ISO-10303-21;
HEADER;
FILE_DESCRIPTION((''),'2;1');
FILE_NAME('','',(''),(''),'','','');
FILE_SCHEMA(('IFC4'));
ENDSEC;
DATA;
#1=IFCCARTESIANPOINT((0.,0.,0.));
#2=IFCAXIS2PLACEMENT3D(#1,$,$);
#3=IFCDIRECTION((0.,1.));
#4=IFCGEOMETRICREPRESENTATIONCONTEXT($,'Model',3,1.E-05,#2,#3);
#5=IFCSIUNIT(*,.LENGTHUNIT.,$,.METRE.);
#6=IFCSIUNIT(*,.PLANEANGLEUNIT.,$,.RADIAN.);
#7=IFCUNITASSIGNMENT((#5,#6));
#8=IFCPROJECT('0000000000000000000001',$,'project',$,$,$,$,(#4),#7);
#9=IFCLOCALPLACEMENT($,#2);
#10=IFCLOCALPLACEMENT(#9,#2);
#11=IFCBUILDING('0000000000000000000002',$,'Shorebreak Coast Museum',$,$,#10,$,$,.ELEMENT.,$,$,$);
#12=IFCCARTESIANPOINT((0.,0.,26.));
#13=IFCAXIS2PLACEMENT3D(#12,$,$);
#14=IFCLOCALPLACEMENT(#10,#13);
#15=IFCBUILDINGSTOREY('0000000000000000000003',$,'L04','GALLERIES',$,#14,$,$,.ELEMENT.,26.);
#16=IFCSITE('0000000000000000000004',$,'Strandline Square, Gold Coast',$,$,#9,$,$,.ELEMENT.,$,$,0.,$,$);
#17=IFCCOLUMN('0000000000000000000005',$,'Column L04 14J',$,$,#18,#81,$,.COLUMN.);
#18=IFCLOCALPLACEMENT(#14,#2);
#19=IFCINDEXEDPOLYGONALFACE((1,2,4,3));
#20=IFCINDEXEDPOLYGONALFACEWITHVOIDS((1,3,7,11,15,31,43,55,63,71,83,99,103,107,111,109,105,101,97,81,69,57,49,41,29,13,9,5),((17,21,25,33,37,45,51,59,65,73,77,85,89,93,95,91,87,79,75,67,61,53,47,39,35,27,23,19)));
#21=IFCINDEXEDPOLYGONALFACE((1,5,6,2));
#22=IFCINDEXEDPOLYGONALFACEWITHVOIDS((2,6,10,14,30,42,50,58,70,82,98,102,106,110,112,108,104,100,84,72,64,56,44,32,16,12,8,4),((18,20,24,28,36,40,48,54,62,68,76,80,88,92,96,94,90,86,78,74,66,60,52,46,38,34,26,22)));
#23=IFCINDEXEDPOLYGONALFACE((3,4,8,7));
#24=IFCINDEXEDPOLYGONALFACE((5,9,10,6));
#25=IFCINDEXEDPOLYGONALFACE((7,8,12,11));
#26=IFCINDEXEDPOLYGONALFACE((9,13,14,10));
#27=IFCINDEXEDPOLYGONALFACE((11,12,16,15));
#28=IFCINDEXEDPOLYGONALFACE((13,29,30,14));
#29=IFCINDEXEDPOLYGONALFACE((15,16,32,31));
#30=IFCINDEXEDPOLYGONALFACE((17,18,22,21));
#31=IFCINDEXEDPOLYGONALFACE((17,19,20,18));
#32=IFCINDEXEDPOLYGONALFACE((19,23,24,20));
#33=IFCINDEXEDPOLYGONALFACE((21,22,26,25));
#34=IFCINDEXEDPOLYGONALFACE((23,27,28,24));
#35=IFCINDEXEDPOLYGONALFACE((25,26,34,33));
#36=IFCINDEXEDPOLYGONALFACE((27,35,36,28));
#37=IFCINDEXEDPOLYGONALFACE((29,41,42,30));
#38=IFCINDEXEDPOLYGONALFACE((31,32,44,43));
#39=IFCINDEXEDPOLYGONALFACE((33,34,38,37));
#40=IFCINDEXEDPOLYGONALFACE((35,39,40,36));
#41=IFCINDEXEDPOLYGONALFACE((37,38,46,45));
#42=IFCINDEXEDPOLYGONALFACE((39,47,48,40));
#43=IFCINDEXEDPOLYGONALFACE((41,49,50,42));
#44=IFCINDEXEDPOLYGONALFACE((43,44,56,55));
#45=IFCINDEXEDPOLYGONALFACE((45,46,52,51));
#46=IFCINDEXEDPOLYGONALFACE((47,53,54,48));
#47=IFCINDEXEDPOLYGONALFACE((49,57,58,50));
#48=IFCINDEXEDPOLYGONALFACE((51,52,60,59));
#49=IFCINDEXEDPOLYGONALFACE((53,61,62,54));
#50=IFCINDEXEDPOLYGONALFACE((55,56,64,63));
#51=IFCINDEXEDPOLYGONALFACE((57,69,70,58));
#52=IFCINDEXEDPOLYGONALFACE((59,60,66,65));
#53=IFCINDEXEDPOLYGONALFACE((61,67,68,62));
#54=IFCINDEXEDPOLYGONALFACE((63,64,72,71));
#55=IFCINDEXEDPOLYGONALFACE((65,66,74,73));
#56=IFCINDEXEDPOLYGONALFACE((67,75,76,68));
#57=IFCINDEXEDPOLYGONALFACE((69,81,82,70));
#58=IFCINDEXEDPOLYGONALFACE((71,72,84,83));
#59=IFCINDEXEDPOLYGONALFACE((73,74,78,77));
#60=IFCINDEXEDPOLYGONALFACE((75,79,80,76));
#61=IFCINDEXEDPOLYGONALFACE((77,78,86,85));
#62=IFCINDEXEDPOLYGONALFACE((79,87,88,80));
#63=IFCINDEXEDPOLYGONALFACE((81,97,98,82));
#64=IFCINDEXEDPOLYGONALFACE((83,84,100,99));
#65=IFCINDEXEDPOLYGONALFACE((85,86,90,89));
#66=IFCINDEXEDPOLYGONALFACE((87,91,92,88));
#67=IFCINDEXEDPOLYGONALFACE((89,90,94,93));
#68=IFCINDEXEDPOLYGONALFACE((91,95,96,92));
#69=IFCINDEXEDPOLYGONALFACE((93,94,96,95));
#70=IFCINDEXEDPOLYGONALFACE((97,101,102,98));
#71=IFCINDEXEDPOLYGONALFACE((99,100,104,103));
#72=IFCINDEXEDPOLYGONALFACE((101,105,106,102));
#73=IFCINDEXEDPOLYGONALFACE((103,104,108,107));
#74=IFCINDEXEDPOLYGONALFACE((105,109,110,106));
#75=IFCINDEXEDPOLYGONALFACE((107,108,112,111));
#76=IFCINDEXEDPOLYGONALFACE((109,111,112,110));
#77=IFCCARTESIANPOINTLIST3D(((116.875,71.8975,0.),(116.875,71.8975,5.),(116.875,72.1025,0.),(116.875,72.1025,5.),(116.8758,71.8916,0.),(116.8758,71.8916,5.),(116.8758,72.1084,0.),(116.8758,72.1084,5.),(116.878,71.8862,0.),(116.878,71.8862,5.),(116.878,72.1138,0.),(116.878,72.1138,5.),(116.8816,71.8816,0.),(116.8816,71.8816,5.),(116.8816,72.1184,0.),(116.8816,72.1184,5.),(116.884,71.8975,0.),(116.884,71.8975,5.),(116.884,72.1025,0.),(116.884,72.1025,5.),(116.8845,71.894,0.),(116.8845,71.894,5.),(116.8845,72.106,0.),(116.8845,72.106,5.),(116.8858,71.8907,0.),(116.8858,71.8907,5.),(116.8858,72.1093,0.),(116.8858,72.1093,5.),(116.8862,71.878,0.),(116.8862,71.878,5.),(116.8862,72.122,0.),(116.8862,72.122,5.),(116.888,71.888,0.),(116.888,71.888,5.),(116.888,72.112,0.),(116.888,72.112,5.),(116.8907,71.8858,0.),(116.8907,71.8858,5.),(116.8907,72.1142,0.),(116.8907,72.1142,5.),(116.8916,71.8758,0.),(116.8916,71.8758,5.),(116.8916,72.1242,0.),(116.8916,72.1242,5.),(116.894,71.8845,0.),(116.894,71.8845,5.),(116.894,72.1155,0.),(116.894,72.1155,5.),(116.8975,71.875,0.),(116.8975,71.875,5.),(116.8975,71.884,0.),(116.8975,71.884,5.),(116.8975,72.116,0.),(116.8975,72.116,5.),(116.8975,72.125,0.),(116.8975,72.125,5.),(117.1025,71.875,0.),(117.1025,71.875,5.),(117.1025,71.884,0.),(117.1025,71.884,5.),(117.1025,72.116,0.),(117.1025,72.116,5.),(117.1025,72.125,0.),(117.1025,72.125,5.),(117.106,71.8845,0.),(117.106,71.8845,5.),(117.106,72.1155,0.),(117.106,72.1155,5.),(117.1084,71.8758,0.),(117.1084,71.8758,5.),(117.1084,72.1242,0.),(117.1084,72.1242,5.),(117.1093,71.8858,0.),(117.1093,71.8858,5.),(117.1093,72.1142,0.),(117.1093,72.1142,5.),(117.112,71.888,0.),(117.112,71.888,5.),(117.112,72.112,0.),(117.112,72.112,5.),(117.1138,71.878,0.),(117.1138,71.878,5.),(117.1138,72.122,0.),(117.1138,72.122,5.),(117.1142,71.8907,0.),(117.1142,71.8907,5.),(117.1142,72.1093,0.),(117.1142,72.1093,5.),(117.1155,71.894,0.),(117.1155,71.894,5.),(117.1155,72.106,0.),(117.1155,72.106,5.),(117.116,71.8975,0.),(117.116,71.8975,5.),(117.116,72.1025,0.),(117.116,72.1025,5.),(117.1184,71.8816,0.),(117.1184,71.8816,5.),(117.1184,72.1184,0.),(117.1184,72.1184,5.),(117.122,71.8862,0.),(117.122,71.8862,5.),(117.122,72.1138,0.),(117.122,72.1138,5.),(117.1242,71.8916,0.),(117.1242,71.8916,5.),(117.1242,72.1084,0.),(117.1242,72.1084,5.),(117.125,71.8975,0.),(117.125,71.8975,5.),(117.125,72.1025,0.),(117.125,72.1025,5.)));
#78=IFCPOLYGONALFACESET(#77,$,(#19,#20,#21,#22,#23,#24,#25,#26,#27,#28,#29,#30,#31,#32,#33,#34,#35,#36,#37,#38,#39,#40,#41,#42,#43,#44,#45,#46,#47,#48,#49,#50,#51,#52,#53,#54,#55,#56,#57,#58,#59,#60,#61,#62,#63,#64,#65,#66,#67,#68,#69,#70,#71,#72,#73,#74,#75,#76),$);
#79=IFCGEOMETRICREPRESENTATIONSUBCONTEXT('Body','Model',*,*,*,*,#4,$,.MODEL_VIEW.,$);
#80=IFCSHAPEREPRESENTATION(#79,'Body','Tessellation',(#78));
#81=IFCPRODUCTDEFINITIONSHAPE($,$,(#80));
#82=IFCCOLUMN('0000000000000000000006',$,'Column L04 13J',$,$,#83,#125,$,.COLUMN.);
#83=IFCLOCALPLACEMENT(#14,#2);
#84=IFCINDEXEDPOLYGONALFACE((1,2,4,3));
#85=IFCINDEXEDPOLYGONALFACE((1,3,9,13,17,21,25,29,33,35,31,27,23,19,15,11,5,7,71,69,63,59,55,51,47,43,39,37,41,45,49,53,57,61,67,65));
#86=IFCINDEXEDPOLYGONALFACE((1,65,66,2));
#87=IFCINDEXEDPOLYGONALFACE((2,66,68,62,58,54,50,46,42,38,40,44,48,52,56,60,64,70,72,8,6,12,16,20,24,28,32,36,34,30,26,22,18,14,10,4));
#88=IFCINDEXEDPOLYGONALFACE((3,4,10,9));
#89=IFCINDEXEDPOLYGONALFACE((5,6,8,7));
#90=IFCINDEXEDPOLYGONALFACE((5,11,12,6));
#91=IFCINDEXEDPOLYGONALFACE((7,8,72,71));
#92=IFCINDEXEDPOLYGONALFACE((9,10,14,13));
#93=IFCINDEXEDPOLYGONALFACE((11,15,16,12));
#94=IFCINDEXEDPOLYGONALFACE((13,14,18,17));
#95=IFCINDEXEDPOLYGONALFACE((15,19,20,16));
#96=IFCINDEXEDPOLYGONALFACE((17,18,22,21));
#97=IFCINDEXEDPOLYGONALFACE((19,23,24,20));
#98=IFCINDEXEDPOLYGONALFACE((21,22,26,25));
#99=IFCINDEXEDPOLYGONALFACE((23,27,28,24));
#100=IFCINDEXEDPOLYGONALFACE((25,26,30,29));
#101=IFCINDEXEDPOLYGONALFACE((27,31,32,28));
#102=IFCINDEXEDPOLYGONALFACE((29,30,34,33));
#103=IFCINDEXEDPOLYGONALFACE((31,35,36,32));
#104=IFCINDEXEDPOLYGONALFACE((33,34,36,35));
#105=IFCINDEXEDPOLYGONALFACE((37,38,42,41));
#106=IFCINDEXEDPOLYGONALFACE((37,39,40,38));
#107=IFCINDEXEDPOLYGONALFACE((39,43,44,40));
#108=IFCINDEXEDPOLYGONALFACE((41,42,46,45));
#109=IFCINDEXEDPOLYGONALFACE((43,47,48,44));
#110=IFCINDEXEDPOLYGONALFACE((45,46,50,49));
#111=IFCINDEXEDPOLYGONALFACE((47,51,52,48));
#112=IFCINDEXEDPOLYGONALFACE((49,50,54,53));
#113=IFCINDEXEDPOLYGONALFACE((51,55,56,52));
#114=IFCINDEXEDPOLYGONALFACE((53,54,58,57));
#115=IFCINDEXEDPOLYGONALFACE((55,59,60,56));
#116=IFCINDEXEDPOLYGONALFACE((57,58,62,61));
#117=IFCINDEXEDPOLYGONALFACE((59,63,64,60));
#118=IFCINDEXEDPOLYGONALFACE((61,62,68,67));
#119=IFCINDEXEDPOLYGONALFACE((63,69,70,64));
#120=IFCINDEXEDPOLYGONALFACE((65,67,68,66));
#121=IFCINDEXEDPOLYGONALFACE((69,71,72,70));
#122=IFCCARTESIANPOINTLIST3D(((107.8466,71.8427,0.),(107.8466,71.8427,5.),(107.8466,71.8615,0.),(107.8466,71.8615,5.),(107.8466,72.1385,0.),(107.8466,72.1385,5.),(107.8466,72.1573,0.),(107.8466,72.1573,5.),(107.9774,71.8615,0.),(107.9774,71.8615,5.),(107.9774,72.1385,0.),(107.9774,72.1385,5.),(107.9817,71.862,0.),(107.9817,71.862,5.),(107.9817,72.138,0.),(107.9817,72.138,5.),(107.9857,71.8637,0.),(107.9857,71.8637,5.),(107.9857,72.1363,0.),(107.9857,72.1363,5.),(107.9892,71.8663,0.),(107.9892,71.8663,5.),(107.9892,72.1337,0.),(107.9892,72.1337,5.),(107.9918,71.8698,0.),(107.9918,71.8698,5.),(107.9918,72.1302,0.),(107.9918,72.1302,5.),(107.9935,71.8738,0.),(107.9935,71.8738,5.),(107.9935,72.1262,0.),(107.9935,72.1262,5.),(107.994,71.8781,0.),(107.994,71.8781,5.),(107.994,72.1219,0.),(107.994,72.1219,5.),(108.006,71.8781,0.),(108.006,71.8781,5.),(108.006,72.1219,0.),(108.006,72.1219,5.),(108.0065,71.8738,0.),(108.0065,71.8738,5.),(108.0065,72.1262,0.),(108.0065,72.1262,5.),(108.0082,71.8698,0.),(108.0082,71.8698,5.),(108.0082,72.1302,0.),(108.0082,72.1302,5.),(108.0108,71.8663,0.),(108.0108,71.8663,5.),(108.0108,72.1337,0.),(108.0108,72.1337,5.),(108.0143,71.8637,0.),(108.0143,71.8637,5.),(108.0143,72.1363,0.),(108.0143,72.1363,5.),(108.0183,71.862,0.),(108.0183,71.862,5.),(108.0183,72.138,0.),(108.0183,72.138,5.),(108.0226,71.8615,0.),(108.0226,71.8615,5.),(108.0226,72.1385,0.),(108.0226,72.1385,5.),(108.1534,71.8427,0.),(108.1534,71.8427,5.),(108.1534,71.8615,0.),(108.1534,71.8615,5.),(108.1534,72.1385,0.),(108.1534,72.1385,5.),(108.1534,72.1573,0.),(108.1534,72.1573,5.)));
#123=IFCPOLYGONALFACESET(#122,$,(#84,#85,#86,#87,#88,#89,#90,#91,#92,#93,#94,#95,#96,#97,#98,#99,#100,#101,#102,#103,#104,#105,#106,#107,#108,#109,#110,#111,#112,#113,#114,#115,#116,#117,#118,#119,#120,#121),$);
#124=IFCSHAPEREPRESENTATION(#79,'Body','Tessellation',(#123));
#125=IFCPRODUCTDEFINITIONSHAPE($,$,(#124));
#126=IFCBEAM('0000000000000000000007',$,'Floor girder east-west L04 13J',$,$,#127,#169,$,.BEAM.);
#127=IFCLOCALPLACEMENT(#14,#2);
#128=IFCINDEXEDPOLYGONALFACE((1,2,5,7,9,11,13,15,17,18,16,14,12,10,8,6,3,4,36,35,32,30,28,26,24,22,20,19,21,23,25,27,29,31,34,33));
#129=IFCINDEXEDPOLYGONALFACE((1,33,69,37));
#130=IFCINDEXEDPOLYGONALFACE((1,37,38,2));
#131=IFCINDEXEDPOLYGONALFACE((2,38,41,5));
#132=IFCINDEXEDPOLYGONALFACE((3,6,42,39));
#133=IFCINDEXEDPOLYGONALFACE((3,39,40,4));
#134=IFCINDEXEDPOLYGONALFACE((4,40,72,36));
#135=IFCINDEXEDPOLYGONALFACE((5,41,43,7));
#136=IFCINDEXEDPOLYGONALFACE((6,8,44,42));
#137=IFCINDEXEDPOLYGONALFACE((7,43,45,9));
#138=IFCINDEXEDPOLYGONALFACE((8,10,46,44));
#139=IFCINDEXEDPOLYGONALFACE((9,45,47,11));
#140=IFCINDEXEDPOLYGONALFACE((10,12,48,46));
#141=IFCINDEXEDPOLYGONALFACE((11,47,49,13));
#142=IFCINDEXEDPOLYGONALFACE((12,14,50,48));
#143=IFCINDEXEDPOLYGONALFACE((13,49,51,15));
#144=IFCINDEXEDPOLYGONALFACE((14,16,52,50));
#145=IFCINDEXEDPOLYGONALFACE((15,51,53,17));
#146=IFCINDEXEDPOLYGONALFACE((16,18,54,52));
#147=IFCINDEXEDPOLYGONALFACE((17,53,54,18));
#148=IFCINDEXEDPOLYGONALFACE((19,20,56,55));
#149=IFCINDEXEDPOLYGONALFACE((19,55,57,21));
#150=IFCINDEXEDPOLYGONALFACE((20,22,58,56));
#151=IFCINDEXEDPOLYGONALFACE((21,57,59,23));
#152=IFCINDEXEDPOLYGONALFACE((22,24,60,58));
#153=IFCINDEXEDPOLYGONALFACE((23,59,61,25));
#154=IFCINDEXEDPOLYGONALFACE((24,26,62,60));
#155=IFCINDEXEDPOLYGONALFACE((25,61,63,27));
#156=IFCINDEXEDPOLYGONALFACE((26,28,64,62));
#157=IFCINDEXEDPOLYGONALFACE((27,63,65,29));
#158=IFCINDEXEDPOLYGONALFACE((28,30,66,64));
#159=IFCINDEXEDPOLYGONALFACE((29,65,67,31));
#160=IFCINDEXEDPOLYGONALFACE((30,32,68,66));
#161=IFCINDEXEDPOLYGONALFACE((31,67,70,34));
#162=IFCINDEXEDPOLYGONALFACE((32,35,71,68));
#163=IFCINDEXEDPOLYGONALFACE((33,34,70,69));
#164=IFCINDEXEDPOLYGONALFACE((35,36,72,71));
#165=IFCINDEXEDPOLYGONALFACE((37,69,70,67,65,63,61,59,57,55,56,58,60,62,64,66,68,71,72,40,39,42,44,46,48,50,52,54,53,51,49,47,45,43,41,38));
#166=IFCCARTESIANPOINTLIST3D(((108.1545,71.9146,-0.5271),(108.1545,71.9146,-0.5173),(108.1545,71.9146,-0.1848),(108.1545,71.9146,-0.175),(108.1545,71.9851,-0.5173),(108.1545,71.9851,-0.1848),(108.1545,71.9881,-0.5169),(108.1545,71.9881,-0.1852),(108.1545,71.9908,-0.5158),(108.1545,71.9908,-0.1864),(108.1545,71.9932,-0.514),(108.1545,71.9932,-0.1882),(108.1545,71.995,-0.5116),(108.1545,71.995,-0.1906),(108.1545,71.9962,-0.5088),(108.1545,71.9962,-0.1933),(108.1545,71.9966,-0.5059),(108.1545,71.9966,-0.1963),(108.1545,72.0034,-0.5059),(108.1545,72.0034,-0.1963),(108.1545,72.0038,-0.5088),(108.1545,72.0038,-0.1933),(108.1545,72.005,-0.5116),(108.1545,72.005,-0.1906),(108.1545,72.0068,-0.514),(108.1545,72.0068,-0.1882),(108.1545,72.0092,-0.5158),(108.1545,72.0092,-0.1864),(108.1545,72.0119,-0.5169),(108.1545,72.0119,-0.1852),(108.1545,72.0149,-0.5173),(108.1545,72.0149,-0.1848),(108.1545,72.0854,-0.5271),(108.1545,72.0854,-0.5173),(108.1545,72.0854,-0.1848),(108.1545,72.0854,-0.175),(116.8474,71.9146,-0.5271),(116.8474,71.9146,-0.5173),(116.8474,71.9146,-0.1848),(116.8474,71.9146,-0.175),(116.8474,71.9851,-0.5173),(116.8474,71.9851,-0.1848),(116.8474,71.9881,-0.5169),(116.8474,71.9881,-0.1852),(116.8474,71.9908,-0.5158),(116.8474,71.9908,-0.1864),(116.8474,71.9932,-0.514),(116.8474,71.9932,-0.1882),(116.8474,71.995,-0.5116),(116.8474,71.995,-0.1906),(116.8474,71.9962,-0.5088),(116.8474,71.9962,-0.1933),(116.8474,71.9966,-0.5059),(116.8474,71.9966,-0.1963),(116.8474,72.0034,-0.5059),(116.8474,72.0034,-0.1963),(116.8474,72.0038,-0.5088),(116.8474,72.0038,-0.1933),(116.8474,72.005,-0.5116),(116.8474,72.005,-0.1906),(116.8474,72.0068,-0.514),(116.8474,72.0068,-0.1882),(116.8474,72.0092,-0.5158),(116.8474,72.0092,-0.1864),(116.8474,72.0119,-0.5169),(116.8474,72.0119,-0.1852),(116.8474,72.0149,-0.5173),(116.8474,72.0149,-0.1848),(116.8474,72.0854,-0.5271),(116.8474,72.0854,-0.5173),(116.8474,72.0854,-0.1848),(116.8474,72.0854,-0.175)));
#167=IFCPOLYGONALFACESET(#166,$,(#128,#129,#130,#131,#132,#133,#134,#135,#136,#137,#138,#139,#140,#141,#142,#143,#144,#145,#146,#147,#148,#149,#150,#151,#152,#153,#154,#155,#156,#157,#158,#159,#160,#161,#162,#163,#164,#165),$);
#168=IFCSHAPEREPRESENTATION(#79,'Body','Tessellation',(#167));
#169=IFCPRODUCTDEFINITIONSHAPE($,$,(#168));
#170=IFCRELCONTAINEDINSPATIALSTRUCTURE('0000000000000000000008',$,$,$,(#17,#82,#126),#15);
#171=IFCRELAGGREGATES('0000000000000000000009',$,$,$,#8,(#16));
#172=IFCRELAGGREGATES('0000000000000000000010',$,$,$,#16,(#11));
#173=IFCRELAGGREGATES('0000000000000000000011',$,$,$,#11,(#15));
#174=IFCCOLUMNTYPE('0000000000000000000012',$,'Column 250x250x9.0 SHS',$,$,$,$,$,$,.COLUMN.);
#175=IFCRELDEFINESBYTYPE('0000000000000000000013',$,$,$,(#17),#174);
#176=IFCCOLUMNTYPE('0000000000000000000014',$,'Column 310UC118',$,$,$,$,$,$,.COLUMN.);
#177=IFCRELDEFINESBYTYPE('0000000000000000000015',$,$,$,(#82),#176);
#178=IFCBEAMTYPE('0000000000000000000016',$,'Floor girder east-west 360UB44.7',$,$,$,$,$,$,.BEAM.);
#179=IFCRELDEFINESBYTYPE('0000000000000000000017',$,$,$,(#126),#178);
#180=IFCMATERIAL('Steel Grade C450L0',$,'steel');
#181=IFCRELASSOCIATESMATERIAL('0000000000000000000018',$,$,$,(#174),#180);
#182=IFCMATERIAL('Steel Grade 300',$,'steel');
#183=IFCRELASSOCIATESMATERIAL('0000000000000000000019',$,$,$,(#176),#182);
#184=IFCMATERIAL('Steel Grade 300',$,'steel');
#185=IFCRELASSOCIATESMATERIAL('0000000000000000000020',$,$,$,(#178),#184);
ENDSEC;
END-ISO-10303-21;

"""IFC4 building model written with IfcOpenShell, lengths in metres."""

from ifc_helpers import new_model, si_unit, direction, frame, origin, origin_2d, place, context, subcontext, project, spatial, hollow_rectangle, i_section, extrude, material, material_profile, profile_set, type_object, element, save


model = new_model("IFC4")

# Units and contexts
model_context = context("Model", 3, precision=1e-05, world=origin(), true_north=direction((0.0, 1.0)))
body_context = subcontext(model_context, "Body", "Model", "MODEL_VIEW")
ifc_project = project(units=[si_unit("LENGTHUNIT", "METRE"), si_unit("PLANEANGLEUNIT", "RADIAN")], contexts=[model_context])

# Site, building, storey
site_placement = place(None, origin())
site = spatial("IfcSite", under=ifc_project, at=site_placement, Name="Strandline Square, Gold Coast", CompositionType="ELEMENT", RefElevation=0.0)
building_placement = place(site_placement, origin())
building = spatial("IfcBuilding", under=site, at=building_placement, Name="Shorebreak Coast Museum", CompositionType="ELEMENT")
storey_placement = place(building_placement, frame((0.0, 0.0, 26.0)))
storey = spatial("IfcBuildingStorey", under=building, at=storey_placement, Name="L04", Description="GALLERIES", CompositionType="ELEMENT", Elevation=26.0)

# Columns
ifc_material_1 = material(Name="Steel Grade C450L0", Category="steel")
ifc_material_profile_1 = material_profile(ifc_material_1, hollow_rectangle(XDim=0.25, YDim=0.25, WallThickness=0.009, InnerFilletRadius=0.0134, OuterFilletRadius=0.0225, at=origin_2d()), Name="250x250x9.0 SHS")
ifc_profile_set_1 = profile_set([ifc_material_profile_1], Name="Steel Grade C450L0")
column_type_1 = type_object("IfcColumnType", Name="Column 250x250x9.0 SHS", PredefinedType="COLUMN", material=ifc_profile_set_1)
column_1_placement = place(storey_placement, frame((117.0, 72.0, 0.0), z_axis=(0.0, 0.0, 1.0), x_axis=(1.0, 0.0, 0.0)))
element("IfcColumn", 1, at=column_1_placement, inside=storey, type_object=column_type_1, Name="Column L04 14J", PredefinedType="COLUMN", context=body_context, shape_type="SweptSolid", body=[
    extrude(hollow_rectangle(XDim=0.25, YDim=0.25, WallThickness=0.009, InnerFilletRadius=0.0134, OuterFilletRadius=0.0225, at=origin_2d()), origin(), (0.0, 0.0, 1.0), 5.0),
])
ifc_material_2 = material(Name="Steel Grade 300", Category="steel")
ifc_material_profile_2 = material_profile(ifc_material_2, i_section(OverallWidth=0.3069, OverallDepth=0.3147, WebThickness=0.012, FlangeThickness=0.0188, FilletRadius=0.0166, at=origin_2d()), Name="310UC118")
ifc_profile_set_2 = profile_set([ifc_material_profile_2], Name="Steel Grade 300")
column_type_2 = type_object("IfcColumnType", Name="Column 310UC118", PredefinedType="COLUMN", material=ifc_profile_set_2)
column_2_placement = place(storey_placement, frame((108.0, 72.0, 0.0), z_axis=(0.0, 0.0, 1.0), x_axis=(1.0, 0.0, 0.0)))
element("IfcColumn", 2, at=column_2_placement, inside=storey, type_object=column_type_2, Name="Column L04 13J", PredefinedType="COLUMN", context=body_context, shape_type="SweptSolid", body=[
    extrude(i_section(OverallWidth=0.3069, OverallDepth=0.3147, WebThickness=0.012, FlangeThickness=0.0188, FilletRadius=0.0166, at=origin_2d()), origin(), (0.0, 0.0, 1.0), 5.0),
])

# Beam
ifc_material_3 = material(Name="Steel Grade 300", Category="steel")
ifc_material_profile_3 = material_profile(ifc_material_3, i_section(OverallWidth=0.1709, OverallDepth=0.3521, WebThickness=0.0068, FlangeThickness=0.0098, FilletRadius=0.0115, at=origin_2d()), Name="360UB44.7")
ifc_profile_set_3 = profile_set([ifc_material_profile_3], Name="Steel Grade 300")
beam_type_1 = type_object("IfcBeamType", Name="Floor girder east-west 360UB44.7", PredefinedType="BEAM", material=ifc_profile_set_3)
beam_1_placement = place(storey_placement, frame((108.1545, 72.0, -0.3511), z_axis=(1.0, 0.0, 0.0), x_axis=(0.0, 1.0, 0.0)))
element("IfcBeam", 3, at=beam_1_placement, inside=storey, type_object=beam_type_1, Name="Floor girder east-west L04 13J", PredefinedType="BEAM", context=body_context, shape_type="SweptSolid", body=[
    extrude(i_section(OverallWidth=0.1709, OverallDepth=0.3521, WebThickness=0.0068, FlangeThickness=0.0098, FilletRadius=0.0115, at=origin_2d()), origin(), (0.0, 0.0, 1.0), 8.6929),
])

save(model, "model.ifc")
